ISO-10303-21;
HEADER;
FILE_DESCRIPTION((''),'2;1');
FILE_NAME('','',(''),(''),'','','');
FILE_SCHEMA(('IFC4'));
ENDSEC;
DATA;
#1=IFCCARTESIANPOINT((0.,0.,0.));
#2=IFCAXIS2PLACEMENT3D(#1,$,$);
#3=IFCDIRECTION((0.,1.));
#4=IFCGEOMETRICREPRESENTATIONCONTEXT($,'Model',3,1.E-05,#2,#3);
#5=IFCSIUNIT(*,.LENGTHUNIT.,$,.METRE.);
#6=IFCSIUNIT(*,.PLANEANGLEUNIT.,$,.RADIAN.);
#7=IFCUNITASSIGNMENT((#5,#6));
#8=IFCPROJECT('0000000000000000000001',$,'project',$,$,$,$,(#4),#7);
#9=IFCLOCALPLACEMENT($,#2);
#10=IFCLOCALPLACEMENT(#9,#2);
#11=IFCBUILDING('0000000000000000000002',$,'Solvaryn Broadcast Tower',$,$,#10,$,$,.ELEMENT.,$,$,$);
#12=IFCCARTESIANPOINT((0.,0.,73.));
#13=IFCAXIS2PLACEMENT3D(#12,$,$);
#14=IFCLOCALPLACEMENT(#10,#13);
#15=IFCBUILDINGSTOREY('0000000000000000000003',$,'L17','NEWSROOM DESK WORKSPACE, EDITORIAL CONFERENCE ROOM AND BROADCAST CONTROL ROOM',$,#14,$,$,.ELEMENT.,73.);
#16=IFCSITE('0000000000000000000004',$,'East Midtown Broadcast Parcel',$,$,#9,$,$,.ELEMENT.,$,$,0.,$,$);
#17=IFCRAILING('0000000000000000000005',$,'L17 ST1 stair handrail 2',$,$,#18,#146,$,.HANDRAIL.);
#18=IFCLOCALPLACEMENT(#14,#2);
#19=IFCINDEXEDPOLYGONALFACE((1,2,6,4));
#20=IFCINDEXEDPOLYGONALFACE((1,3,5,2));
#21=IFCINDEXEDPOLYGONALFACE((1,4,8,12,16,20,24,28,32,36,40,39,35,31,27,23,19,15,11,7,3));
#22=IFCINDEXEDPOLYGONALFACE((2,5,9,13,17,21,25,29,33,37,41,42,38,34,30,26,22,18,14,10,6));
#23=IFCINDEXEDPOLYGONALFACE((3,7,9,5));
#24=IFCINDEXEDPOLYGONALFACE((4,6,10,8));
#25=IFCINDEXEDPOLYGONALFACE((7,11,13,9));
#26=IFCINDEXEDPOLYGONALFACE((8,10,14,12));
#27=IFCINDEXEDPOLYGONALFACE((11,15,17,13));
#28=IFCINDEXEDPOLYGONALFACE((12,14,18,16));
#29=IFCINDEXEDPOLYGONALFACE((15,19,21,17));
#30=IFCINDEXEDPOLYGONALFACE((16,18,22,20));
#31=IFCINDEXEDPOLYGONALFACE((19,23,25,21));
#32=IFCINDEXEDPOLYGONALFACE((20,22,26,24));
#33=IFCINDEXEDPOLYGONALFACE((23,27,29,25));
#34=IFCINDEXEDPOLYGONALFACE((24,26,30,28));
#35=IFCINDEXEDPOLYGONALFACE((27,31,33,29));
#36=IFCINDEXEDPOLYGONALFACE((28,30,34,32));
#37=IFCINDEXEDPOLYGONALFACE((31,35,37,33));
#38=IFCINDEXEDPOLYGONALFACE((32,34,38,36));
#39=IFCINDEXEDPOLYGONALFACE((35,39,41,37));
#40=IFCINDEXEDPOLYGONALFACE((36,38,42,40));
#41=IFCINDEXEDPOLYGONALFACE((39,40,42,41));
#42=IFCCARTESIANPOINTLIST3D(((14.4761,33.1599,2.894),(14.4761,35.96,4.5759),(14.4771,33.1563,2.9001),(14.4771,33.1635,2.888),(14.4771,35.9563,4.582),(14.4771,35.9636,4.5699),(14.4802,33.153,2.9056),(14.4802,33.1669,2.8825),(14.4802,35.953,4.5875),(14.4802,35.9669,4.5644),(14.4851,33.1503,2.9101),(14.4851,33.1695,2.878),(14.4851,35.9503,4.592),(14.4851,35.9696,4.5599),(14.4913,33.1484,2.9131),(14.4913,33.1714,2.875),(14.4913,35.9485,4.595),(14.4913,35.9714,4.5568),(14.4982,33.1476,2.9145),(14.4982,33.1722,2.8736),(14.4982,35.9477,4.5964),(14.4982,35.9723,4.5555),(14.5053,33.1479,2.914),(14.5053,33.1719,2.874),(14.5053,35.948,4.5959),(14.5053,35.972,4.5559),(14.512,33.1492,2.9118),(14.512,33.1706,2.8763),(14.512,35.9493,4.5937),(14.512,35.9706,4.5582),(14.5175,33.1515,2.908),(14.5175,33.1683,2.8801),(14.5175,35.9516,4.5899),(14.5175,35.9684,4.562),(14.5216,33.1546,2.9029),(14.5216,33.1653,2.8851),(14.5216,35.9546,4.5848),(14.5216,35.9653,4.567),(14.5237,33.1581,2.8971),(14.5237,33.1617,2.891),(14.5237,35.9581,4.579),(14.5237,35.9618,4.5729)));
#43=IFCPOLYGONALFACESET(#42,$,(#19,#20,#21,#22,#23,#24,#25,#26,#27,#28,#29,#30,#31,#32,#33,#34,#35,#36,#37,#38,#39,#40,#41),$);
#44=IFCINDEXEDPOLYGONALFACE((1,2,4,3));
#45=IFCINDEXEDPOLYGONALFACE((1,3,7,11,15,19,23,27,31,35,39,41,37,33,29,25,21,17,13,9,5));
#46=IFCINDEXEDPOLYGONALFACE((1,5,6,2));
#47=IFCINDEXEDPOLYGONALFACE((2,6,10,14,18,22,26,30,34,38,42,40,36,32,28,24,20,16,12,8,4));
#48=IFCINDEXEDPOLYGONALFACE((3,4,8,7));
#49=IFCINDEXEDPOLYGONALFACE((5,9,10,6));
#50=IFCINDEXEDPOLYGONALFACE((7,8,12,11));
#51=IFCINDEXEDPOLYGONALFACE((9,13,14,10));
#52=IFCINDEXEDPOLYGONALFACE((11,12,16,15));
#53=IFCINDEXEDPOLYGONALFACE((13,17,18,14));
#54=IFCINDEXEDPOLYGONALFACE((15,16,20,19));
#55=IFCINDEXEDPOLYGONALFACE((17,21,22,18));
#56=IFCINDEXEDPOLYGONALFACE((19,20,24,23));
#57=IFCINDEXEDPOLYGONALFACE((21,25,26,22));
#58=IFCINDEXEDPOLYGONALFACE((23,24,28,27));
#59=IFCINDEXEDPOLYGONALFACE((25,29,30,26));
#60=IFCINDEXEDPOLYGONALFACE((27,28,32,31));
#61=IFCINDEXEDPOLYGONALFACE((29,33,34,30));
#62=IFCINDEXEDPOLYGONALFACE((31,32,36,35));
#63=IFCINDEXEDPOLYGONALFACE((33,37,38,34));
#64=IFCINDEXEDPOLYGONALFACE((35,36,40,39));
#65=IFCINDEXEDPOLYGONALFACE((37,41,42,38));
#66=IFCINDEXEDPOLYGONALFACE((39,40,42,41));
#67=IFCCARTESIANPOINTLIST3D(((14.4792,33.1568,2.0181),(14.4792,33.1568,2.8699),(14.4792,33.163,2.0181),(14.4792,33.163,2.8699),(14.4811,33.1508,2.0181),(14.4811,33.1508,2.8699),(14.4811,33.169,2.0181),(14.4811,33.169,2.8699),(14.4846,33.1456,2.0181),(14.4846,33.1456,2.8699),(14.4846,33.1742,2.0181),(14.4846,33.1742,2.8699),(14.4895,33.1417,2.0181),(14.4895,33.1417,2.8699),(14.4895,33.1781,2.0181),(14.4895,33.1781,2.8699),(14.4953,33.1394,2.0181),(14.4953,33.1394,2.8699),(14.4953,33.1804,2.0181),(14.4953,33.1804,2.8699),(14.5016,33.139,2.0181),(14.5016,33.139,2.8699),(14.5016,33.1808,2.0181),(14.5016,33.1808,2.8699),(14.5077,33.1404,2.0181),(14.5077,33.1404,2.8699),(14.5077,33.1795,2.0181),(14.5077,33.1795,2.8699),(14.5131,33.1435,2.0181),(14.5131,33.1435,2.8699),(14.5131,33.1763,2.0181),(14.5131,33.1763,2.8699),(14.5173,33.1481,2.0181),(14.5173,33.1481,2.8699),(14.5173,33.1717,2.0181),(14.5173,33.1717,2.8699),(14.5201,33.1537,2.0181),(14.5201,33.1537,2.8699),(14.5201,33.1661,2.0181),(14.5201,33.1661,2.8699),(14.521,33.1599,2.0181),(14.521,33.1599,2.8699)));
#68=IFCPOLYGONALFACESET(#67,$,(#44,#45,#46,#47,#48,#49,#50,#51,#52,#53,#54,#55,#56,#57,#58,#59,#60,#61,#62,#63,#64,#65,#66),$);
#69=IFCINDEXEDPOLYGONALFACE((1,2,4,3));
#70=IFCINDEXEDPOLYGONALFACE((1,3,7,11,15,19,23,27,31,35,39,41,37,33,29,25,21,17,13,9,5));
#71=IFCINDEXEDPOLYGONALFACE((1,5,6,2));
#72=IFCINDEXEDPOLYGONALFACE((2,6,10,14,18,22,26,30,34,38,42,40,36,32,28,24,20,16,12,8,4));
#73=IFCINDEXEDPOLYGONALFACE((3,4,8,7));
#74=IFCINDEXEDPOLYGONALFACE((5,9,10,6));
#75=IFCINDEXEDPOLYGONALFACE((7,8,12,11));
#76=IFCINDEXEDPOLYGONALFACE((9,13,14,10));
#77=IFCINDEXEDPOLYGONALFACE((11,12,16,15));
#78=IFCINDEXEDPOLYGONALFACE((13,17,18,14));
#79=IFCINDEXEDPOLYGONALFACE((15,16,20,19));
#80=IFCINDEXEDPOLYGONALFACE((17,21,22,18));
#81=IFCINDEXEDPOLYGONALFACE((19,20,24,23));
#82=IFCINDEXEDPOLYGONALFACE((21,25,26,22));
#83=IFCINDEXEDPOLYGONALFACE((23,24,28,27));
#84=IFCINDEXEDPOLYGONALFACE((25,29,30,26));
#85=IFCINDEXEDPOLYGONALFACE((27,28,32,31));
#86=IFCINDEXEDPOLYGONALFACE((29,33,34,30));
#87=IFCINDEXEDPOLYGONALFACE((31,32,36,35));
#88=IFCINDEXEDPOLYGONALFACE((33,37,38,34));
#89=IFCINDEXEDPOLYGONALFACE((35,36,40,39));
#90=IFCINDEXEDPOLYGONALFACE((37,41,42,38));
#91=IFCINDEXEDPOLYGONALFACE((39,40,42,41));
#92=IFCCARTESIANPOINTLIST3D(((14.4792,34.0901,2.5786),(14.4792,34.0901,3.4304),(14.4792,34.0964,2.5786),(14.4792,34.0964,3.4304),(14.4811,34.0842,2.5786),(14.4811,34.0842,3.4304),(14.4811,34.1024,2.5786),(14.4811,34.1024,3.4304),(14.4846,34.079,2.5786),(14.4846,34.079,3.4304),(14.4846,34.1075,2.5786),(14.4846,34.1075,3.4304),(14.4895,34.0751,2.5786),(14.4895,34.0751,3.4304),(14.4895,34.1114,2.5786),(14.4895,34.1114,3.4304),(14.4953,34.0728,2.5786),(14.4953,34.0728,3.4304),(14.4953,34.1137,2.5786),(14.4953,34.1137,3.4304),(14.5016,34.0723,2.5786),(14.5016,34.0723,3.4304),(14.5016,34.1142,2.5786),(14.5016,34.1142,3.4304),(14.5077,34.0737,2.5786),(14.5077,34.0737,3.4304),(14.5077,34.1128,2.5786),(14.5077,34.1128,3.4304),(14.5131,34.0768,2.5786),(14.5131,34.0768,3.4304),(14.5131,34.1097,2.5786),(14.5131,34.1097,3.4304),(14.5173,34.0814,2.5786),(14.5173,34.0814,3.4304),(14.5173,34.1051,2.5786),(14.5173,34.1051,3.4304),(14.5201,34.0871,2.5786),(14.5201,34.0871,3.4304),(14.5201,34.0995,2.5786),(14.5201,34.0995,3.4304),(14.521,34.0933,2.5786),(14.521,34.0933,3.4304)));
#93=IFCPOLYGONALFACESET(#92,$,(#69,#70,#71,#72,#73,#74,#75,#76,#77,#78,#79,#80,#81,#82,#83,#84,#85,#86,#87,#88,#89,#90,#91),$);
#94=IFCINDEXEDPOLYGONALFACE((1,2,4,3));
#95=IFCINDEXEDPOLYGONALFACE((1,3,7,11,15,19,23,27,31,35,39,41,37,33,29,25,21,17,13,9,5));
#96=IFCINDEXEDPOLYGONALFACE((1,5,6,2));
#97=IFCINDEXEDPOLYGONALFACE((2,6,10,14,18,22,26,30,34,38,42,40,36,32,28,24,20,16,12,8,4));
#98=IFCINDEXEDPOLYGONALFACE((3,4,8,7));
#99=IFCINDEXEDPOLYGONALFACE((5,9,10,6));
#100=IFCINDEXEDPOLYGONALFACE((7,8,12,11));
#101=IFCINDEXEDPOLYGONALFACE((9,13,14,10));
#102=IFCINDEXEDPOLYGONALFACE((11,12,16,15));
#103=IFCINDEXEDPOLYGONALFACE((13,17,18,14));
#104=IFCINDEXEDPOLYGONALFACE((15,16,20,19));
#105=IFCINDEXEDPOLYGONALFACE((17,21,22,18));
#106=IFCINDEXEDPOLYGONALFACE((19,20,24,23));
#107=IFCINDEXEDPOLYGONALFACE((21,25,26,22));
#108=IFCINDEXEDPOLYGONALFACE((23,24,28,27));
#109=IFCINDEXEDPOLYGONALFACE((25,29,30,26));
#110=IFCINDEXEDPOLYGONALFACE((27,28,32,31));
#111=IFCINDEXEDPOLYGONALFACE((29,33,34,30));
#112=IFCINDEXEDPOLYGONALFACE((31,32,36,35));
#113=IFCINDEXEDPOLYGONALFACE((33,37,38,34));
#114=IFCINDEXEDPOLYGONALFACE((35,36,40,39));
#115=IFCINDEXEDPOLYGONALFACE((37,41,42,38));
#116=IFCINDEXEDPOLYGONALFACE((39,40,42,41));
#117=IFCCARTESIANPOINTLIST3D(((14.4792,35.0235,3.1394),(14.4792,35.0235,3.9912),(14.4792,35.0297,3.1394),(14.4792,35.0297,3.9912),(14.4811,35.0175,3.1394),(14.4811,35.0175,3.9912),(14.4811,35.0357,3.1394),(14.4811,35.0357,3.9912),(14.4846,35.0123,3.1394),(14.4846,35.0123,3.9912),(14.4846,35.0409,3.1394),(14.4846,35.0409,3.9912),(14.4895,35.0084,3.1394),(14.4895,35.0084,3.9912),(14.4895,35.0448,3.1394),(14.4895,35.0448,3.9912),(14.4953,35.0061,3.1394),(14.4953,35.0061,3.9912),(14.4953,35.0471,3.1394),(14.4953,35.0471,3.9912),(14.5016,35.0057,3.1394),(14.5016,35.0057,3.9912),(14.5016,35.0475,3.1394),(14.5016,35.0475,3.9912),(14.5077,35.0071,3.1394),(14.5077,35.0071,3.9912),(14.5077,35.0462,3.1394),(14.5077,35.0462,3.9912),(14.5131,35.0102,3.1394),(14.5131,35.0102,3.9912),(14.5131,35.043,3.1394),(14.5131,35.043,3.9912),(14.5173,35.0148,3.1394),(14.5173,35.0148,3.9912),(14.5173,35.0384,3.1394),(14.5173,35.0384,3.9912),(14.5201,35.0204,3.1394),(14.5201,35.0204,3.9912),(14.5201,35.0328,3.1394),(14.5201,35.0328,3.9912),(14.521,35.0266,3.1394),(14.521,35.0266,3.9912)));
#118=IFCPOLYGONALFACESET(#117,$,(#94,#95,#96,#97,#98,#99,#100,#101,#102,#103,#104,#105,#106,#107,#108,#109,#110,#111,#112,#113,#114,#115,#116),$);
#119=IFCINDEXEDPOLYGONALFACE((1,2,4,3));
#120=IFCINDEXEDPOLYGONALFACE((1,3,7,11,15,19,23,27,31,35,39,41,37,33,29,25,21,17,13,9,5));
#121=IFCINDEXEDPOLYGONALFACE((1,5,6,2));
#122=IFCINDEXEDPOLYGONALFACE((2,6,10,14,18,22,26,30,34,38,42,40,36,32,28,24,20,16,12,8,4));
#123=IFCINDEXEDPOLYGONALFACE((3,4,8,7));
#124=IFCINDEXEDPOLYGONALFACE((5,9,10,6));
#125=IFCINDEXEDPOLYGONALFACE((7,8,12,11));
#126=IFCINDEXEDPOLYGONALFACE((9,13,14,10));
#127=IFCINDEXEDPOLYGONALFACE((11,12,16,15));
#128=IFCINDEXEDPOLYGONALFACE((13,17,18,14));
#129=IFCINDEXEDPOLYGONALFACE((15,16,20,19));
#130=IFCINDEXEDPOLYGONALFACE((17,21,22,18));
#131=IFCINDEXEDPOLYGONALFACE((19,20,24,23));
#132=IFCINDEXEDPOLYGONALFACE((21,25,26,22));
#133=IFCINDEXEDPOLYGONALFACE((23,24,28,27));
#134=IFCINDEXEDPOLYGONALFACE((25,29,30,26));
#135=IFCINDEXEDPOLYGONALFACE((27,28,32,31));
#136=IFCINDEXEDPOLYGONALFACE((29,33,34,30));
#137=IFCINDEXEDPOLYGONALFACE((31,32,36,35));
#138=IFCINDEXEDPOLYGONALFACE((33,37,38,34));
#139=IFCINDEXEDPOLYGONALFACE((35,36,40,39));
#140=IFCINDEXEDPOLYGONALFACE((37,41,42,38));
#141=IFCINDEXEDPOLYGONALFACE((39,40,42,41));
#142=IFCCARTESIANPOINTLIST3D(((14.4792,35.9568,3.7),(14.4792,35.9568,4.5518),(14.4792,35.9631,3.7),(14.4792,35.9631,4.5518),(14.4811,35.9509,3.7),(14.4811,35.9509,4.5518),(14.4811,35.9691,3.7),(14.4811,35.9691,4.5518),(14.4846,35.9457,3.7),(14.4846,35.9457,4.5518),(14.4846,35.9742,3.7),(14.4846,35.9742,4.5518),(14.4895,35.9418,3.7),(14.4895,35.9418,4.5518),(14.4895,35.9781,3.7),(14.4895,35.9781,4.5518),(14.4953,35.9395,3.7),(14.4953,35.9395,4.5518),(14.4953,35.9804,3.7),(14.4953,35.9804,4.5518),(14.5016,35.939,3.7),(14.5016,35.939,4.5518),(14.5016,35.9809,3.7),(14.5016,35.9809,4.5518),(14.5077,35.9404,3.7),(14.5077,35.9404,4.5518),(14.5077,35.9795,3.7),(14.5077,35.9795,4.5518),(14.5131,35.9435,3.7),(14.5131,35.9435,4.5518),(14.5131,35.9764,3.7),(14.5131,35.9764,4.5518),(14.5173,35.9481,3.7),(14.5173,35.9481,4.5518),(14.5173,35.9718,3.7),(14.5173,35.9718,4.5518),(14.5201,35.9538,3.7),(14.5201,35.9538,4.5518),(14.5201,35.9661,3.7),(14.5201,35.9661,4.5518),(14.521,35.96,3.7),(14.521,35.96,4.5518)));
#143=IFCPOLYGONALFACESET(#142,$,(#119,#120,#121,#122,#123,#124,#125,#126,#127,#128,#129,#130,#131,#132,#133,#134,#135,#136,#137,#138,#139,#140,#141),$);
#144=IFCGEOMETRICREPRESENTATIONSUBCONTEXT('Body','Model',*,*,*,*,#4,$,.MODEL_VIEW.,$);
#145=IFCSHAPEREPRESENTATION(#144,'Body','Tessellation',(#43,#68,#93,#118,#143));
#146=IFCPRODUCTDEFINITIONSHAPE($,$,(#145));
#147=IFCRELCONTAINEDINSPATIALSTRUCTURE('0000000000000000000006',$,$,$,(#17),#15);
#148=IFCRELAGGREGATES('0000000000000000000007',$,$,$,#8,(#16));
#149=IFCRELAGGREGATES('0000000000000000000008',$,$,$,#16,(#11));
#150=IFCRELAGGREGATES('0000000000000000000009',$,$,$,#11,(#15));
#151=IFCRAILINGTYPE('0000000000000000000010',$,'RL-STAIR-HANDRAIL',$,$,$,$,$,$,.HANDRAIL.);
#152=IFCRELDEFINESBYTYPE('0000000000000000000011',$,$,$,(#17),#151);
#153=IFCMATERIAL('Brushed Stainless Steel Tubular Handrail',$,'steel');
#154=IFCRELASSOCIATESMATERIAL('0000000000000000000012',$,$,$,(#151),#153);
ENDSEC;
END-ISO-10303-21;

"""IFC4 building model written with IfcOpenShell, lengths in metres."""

from ifc_helpers import new_model, si_unit, direction, frame, origin, origin_2d, place, context, subcontext, project, spatial, circle, extrude, material, type_object, element, save


model = new_model("IFC4")

# Units and contexts
model_context = context("Model", 3, precision=1e-05, world=origin(), true_north=direction((0.0, 1.0)))
body_context = subcontext(model_context, "Body", "Model", "MODEL_VIEW")
ifc_project = project(units=[si_unit("LENGTHUNIT", "METRE"), si_unit("PLANEANGLEUNIT", "RADIAN")], contexts=[model_context])

# Site, building, storey
site_placement = place(None, origin())
site = spatial("IfcSite", under=ifc_project, at=site_placement, Name="East Midtown Broadcast Parcel", CompositionType="ELEMENT", RefElevation=0.0)
building_placement = place(site_placement, origin())
building = spatial("IfcBuilding", under=site, at=building_placement, Name="Solvaryn Broadcast Tower", CompositionType="ELEMENT")
storey_placement = place(building_placement, frame((0.0, 0.0, 73.0)))
storey = spatial("IfcBuildingStorey", under=building, at=storey_placement, Name="L17", Description="NEWSROOM DESK WORKSPACE, EDITORIAL CONFERENCE ROOM AND BROADCAST CONTROL ROOM", CompositionType="ELEMENT", Elevation=73.0)

# Railing
ifc_material_1 = material(Name="Brushed Stainless Steel Tubular Handrail", Category="steel")
railing_type_1 = type_object("IfcRailingType", Name="RL-STAIR-HANDRAIL", PredefinedType="HANDRAIL", material=ifc_material_1)
railing_1_placement = place(storey_placement, frame((14.5, 33.1599, 2.0181)))
element("IfcRailing", 1, at=railing_1_placement, inside=storey, type_object=railing_type_1, Name="L17 ST1 stair handrail 2", PredefinedType="HANDRAIL", context=body_context, shape_type="SweptSolid", body=[
    extrude(circle(Radius=0.0239, at=origin_2d()), frame((0.0, 0.0, 0.876), z_axis=(0.0, 0.857242, 0.514913), x_axis=(-1.0, 0.0, 0.0)), (0.0, 0.0, 1.0), 3.2664),
    extrude(circle(Radius=0.021, at=origin_2d()), origin(), (0.0, 0.0, 1.0), 0.8518),
    extrude(circle(Radius=0.021, at=origin_2d()), frame((0.0, 0.9333, 0.5605)), (0.0, 0.0, 1.0), 0.8518),
    extrude(circle(Radius=0.021, at=origin_2d()), frame((0.0, 1.8667, 1.1213)), (0.0, 0.0, 1.0), 0.8518),
    extrude(circle(Radius=0.021, at=origin_2d()), frame((0.0, 2.8, 1.6819)), (0.0, 0.0, 1.0), 0.8518),
])

save(model, "model.ifc")
